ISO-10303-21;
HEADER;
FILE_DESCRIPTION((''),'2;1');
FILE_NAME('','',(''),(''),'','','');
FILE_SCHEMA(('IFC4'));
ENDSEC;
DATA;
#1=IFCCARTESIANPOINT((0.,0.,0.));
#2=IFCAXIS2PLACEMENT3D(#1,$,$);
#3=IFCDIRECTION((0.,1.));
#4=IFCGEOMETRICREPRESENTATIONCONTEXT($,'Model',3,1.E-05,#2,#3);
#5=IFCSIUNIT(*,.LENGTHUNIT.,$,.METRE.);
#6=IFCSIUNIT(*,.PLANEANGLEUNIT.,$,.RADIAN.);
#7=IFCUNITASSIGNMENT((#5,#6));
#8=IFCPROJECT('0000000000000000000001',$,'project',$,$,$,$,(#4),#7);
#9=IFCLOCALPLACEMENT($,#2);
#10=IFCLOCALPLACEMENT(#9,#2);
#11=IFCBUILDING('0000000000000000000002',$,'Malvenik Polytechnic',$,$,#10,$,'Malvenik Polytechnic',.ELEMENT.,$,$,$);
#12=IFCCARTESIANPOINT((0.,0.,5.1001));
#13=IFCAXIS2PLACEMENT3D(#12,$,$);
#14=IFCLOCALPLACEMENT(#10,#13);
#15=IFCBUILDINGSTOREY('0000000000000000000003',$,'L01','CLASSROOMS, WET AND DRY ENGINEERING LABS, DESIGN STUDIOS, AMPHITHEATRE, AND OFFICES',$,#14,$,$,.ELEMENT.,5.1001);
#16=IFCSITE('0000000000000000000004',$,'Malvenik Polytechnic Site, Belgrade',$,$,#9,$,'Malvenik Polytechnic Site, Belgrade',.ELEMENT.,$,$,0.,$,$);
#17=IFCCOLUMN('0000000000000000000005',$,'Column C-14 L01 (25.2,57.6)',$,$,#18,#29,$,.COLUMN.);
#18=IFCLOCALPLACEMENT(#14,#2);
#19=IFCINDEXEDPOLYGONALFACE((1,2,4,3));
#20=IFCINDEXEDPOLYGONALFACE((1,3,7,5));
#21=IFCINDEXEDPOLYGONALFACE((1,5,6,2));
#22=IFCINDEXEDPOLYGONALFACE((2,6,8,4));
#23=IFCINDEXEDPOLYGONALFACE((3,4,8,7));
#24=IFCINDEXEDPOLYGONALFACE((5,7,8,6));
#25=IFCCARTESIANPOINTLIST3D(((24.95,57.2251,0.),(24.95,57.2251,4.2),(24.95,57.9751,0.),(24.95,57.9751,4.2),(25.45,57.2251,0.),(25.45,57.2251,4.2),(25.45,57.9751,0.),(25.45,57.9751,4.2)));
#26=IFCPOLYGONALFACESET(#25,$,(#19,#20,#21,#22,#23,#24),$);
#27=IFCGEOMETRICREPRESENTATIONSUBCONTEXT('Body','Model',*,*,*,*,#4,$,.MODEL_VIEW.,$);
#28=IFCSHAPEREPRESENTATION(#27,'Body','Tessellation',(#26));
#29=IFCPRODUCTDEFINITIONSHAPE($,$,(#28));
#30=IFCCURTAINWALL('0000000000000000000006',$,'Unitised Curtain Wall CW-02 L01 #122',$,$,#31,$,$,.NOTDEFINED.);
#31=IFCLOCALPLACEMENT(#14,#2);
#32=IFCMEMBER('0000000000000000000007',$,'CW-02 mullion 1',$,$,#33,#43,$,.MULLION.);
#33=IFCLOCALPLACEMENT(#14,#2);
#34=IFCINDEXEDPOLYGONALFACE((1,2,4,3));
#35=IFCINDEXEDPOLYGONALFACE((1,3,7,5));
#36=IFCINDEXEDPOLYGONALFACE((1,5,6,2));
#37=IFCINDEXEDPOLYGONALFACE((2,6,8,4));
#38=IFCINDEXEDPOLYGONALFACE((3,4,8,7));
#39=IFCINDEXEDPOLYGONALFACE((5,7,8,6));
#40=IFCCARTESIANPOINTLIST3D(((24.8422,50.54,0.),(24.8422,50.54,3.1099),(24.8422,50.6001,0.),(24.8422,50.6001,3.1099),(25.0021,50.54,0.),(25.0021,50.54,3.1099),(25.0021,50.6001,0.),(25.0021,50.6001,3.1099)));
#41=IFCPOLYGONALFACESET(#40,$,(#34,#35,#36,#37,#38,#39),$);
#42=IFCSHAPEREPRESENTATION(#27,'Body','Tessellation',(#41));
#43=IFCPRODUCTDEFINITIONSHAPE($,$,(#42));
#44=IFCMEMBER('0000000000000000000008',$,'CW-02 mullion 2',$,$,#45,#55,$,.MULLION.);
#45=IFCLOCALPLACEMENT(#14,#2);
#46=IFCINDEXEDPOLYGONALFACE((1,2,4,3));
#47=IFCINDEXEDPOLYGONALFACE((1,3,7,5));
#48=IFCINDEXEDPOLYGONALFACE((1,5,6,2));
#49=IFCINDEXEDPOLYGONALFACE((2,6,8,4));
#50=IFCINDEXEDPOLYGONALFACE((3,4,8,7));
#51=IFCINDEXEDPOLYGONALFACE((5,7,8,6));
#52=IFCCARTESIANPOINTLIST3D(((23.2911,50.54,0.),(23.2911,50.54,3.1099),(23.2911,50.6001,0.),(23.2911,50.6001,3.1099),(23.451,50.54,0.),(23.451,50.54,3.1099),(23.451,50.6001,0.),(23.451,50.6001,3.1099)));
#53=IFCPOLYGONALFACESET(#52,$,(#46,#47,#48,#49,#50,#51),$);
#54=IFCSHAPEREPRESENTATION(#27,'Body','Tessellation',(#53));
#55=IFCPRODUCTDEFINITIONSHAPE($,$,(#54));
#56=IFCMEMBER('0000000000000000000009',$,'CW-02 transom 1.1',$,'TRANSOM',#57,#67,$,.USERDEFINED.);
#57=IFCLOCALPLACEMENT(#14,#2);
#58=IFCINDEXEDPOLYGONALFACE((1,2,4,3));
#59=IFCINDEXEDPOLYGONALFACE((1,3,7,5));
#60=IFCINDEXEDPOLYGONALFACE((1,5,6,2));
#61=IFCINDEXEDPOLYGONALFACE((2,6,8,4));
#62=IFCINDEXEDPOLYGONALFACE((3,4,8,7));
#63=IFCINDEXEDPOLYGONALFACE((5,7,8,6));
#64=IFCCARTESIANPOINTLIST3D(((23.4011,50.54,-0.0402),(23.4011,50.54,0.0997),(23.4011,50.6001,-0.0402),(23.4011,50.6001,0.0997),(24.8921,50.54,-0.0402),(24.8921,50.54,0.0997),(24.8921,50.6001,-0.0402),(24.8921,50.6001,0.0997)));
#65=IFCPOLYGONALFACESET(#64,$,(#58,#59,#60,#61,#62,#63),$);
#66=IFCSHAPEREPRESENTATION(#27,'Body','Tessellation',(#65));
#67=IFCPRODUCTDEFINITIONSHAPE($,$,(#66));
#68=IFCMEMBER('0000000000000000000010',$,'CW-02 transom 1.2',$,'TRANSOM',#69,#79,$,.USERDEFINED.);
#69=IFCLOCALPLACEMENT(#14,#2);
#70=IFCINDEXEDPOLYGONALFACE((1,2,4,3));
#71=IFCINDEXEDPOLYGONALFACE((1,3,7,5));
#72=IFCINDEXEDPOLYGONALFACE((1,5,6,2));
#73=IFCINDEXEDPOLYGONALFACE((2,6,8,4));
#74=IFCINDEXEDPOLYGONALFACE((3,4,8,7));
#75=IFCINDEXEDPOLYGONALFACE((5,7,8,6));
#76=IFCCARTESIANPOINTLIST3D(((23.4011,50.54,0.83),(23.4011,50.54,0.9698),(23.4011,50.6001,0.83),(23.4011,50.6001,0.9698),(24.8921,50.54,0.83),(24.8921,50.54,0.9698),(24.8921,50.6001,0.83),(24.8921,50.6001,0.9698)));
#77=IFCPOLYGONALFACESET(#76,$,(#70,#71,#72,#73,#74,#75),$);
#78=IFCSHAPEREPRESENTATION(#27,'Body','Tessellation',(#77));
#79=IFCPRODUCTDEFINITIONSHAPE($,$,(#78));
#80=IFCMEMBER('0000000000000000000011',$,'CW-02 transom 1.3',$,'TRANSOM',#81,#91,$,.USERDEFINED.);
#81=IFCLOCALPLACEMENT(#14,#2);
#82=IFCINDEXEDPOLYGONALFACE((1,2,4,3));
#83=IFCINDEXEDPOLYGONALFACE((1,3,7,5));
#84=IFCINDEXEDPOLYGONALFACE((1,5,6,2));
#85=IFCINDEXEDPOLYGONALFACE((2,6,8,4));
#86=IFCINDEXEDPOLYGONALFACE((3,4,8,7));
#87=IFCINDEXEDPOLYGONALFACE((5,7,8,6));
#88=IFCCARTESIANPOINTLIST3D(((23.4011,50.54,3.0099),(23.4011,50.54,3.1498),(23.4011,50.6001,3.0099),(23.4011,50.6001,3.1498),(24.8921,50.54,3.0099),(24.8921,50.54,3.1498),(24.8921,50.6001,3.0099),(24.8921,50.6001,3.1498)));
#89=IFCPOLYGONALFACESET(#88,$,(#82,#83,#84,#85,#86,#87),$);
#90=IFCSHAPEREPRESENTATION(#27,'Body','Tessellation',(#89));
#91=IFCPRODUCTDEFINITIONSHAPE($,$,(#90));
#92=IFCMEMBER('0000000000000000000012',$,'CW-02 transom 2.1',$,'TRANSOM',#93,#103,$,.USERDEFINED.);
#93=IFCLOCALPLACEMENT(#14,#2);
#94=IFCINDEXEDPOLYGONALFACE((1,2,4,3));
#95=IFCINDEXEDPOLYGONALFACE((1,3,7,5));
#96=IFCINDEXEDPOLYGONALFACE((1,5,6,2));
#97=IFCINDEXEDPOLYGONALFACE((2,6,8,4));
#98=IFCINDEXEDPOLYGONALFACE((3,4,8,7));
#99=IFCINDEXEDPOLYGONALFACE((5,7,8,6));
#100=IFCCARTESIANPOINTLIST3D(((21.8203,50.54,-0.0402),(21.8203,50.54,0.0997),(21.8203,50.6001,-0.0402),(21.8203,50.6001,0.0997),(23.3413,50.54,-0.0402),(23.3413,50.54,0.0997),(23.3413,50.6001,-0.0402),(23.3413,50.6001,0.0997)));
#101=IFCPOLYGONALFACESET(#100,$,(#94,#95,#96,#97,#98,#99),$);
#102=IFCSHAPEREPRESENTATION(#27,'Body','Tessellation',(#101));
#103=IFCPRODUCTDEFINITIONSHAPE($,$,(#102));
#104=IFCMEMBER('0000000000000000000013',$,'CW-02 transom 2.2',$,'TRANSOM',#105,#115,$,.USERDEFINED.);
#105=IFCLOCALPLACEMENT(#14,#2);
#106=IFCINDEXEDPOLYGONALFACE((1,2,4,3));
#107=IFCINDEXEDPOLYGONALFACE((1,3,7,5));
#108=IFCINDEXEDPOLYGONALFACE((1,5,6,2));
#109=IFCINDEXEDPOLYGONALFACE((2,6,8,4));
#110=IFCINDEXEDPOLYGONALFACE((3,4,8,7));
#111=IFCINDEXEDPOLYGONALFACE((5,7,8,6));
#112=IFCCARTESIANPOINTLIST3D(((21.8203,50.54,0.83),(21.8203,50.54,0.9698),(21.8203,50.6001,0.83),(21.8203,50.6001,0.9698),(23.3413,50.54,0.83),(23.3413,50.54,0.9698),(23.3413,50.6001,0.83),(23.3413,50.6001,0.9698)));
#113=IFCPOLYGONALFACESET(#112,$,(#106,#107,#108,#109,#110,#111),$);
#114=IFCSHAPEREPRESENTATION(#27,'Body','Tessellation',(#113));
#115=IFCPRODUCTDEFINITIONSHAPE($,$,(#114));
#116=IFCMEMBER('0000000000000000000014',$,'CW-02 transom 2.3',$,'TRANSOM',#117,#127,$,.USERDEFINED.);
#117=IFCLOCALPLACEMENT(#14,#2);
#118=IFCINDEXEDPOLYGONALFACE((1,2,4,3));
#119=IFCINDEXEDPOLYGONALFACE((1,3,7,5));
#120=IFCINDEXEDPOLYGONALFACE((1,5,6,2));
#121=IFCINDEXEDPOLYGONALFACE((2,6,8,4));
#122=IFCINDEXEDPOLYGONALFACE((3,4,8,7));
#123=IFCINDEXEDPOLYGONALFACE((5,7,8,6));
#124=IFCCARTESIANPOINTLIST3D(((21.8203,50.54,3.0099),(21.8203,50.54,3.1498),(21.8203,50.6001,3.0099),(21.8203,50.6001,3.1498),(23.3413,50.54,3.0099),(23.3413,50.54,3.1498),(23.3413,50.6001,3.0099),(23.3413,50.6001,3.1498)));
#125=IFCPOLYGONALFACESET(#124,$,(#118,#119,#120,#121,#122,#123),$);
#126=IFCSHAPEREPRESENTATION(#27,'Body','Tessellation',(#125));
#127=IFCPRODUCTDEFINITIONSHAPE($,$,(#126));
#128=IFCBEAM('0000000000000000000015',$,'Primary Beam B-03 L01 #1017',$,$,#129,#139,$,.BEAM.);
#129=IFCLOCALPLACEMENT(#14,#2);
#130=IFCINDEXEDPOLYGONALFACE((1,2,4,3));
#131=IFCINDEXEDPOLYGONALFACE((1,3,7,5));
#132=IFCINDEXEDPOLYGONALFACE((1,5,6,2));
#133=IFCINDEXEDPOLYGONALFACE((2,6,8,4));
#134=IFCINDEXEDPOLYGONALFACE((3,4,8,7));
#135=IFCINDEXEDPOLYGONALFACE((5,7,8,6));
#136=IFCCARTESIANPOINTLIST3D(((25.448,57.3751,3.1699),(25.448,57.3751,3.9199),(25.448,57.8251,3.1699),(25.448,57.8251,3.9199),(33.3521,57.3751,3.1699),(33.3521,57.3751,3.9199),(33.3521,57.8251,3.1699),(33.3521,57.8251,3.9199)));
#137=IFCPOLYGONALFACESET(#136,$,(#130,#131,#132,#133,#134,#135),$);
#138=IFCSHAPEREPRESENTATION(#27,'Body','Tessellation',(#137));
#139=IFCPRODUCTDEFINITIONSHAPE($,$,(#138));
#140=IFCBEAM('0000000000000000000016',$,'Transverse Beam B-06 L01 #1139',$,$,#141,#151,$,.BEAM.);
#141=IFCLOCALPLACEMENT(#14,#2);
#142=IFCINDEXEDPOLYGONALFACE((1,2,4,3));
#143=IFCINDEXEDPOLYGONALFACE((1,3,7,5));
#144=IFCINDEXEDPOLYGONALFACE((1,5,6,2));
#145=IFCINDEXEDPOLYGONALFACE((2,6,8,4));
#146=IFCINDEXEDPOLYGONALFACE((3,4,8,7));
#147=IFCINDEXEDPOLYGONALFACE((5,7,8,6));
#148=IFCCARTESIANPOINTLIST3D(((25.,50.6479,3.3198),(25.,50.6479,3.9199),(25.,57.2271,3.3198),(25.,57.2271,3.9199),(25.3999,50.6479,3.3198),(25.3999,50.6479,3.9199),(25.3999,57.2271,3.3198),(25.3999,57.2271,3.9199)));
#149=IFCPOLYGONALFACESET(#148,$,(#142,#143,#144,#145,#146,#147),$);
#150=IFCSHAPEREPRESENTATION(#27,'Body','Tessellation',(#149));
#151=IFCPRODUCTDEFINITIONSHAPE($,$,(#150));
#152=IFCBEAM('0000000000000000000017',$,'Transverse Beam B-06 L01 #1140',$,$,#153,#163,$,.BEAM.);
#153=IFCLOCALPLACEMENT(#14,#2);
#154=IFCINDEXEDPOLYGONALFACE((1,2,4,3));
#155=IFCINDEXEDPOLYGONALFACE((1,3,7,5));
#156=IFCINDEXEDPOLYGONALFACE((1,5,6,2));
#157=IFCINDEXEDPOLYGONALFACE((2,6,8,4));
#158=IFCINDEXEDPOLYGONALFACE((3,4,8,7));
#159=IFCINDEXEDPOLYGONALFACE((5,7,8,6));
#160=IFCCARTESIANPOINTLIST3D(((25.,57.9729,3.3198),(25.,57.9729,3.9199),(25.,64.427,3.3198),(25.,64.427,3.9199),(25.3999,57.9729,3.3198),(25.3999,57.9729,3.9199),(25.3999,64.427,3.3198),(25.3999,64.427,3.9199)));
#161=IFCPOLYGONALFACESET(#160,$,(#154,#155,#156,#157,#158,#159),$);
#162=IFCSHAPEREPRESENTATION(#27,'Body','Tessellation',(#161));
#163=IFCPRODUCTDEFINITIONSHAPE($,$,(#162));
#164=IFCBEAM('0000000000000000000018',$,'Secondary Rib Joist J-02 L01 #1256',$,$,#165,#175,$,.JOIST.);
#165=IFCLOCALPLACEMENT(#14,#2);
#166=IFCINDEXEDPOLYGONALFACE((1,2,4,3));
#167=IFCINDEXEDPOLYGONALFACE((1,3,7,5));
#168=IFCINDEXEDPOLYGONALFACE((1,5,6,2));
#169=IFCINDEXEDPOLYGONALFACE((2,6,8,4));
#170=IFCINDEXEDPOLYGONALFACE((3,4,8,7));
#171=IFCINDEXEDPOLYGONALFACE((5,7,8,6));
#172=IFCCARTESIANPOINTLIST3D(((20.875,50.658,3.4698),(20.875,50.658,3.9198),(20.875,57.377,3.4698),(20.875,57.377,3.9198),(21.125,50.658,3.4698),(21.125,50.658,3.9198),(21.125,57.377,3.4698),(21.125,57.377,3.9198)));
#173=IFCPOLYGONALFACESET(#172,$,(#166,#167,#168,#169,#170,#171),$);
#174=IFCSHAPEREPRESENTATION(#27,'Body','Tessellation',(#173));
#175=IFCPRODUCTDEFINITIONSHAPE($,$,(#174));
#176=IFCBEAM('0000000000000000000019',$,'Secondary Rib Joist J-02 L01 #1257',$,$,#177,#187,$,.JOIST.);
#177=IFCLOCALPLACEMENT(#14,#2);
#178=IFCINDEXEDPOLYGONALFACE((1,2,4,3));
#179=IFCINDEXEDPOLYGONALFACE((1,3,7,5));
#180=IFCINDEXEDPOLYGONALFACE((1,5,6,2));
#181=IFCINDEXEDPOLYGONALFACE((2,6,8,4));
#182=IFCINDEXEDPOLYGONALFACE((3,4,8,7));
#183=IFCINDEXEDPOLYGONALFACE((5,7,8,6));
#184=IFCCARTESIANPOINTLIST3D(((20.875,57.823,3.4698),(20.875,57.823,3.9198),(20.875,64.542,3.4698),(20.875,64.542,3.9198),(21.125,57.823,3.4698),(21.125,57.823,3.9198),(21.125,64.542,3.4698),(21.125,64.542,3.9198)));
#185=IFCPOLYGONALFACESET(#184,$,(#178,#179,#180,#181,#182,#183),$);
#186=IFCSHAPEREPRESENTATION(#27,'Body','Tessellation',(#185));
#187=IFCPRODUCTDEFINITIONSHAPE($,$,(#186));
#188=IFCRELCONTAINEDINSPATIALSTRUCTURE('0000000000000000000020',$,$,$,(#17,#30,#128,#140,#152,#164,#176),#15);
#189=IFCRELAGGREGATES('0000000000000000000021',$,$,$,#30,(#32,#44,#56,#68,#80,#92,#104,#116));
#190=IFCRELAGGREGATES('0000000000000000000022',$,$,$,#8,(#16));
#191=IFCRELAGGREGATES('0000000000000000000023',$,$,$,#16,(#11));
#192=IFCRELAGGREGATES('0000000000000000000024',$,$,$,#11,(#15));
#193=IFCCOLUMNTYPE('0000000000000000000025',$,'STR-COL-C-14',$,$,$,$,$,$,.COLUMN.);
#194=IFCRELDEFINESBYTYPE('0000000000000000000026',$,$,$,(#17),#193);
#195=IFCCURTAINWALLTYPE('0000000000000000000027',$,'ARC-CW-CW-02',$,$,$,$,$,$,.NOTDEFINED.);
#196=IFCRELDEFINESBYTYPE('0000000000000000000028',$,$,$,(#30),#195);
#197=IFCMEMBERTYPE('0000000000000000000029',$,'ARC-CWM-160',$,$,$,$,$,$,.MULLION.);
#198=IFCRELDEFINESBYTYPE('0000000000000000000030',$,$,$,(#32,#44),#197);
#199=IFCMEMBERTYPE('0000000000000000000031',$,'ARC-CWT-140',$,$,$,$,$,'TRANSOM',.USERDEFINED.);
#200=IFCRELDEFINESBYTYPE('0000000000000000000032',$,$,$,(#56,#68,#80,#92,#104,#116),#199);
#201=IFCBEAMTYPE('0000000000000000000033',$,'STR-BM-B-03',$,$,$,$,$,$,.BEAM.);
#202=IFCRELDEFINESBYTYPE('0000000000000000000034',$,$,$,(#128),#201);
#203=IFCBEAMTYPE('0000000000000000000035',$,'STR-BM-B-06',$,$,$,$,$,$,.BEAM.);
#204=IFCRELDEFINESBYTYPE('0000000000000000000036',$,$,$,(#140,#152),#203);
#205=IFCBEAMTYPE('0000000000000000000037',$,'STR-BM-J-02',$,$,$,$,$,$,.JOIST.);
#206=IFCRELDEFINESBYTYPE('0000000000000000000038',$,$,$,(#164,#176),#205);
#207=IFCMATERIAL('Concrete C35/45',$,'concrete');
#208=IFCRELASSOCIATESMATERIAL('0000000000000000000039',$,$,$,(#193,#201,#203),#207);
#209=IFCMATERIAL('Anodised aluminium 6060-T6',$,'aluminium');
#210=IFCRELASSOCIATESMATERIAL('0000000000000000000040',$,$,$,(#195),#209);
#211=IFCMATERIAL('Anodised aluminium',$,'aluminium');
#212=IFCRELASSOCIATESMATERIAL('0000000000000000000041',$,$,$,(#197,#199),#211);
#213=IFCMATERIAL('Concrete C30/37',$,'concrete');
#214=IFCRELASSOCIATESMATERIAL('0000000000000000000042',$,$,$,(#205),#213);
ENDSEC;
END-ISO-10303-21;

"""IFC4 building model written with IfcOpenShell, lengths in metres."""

from ifc_helpers import new_model, si_unit, direction, frame, origin, origin_2d, place, context, subcontext, project, spatial, rectangle, extrude, material, material_profile, profile_set, type_object, element, aggregate, save


model = new_model("IFC4")

# Units and contexts
model_context = context("Model", 3, precision=1e-05, world=origin(), true_north=direction((0.0, 1.0)))
body_context = subcontext(model_context, "Body", "Model", "MODEL_VIEW")
ifc_project = project(units=[si_unit("LENGTHUNIT", "METRE"), si_unit("PLANEANGLEUNIT", "RADIAN")], contexts=[model_context])

# Site, building, storey
site_placement = place(None, origin())
site = spatial("IfcSite", under=ifc_project, at=site_placement, Name="Malvenik Polytechnic Site, Belgrade", LongName="Malvenik Polytechnic Site, Belgrade", CompositionType="ELEMENT", RefElevation=0.0)
building_placement = place(site_placement, origin())
building = spatial("IfcBuilding", under=site, at=building_placement, Name="Malvenik Polytechnic", LongName="Malvenik Polytechnic", CompositionType="ELEMENT")
storey_placement = place(building_placement, frame((0.0, 0.0, 5.1001)))
storey = spatial("IfcBuildingStorey", under=building, at=storey_placement, Name="L01", Description="CLASSROOMS, WET AND DRY ENGINEERING LABS, DESIGN STUDIOS, AMPHITHEATRE, AND OFFICES", CompositionType="ELEMENT", Elevation=5.1001)

# Column
ifc_material_1 = material(Name="Concrete C35/45", Category="concrete")
ifc_material_profile_1 = material_profile(ifc_material_1, rectangle(XDim=0.5, YDim=0.75, at=origin_2d()), Name="RC COL 750x500")
ifc_profile_set_1 = profile_set([ifc_material_profile_1], Name="Concrete C35/45")
column_type = type_object("IfcColumnType", Name="STR-COL-C-14", PredefinedType="COLUMN", material=ifc_profile_set_1)
column_placement = place(storey_placement, frame((25.2, 57.6001, 0.0), z_axis=(0.0, 0.0, 1.0), x_axis=(1.0, 0.0, 0.0)))
element("IfcColumn", 1, at=column_placement, inside=storey, type_object=column_type, Name="Column C-14 L01 (25.2,57.6)", PredefinedType="COLUMN", context=body_context, shape_type="SweptSolid", body=[
    extrude(rectangle(XDim=0.5, YDim=0.75, at=origin_2d()), origin(), (0.0, 0.0, 1.0), 4.2),
])

# Curtain wall, members
ifc_material_2 = material(Name="Anodised aluminium 6060-T6", Category="aluminium")
curtain_wall_type = type_object("IfcCurtainWallType", Name="ARC-CW-CW-02", PredefinedType="NOTDEFINED", material=ifc_material_2)
curtain_wall_placement = place(storey_placement, origin())
curtain_wall = element("IfcCurtainWall", 2, at=curtain_wall_placement, inside=storey, type_object=curtain_wall_type, Name="Unitised Curtain Wall CW-02 L01 #122", PredefinedType="NOTDEFINED")
ifc_material_3 = material(Name="Anodised aluminium", Category="aluminium")
ifc_material_profile_2 = material_profile(ifc_material_3, rectangle(XDim=0.0601, YDim=0.1599, at=origin_2d()), Name="ALU MULLION 60x160")
ifc_profile_set_2 = profile_set([ifc_material_profile_2], Name="Anodised aluminium")
member_type_1 = type_object("IfcMemberType", Name="ARC-CWM-160", PredefinedType="MULLION", material=ifc_profile_set_2)
member_1_placement = place(storey_placement, frame((24.9221, 50.5701, 0.0), z_axis=(0.0, 0.0, 1.0), x_axis=(0.0, -1.0, 0.0)))
member_1 = element("IfcMember", 3, at=member_1_placement, type_object=member_type_1, Name="CW-02 mullion 1", PredefinedType="MULLION", context=body_context, shape_type="SweptSolid", body=[
    extrude(rectangle(XDim=0.0601, YDim=0.1599, at=origin_2d()), origin(), (0.0, 0.0, 1.0), 3.1099),
])
member_2_placement = place(storey_placement, frame((23.3711, 50.5701, 0.0), z_axis=(0.0, 0.0, 1.0), x_axis=(0.0, -1.0, 0.0)))
member_2 = element("IfcMember", 4, at=member_2_placement, type_object=member_type_1, Name="CW-02 mullion 2", PredefinedType="MULLION", context=body_context, shape_type="SweptSolid", body=[
    extrude(rectangle(XDim=0.0601, YDim=0.1599, at=origin_2d()), origin(), (0.0, 0.0, 1.0), 3.1099),
])
ifc_material_profile_3 = material_profile(ifc_material_3, rectangle(XDim=0.0601, YDim=0.1399, at=origin_2d()), Name="ALU TRANSOM 60x140")
ifc_profile_set_3 = profile_set([ifc_material_profile_3], Name="Anodised aluminium")
member_type_2 = type_object("IfcMemberType", Name="ARC-CWT-140", ElementType="TRANSOM", PredefinedType="USERDEFINED", material=ifc_profile_set_3)
member_3_placement = place(storey_placement, frame((24.8921, 50.5701, 0.0298), z_axis=(-1.0, 0.0, 0.0), x_axis=(0.0, -1.0, 0.0)))
member_3 = element("IfcMember", 5, at=member_3_placement, type_object=member_type_2, Name="CW-02 transom 1.1", ObjectType="TRANSOM", PredefinedType="USERDEFINED", context=body_context, shape_type="SweptSolid", body=[
    extrude(rectangle(XDim=0.0601, YDim=0.1399, at=origin_2d()), origin(), (0.0, 0.0, 1.0), 1.491),
])
member_4_placement = place(storey_placement, frame((24.8921, 50.5701, 0.8999), z_axis=(-1.0, 0.0, 0.0), x_axis=(0.0, -1.0, 0.0)))
member_4 = element("IfcMember", 6, at=member_4_placement, type_object=member_type_2, Name="CW-02 transom 1.2", ObjectType="TRANSOM", PredefinedType="USERDEFINED", context=body_context, shape_type="SweptSolid", body=[
    extrude(rectangle(XDim=0.0601, YDim=0.1399, at=origin_2d()), origin(), (0.0, 0.0, 1.0), 1.491),
])
member_5_placement = place(storey_placement, frame((24.8921, 50.5701, 3.0798), z_axis=(-1.0, 0.0, 0.0), x_axis=(0.0, -1.0, 0.0)))
member_5 = element("IfcMember", 7, at=member_5_placement, type_object=member_type_2, Name="CW-02 transom 1.3", ObjectType="TRANSOM", PredefinedType="USERDEFINED", context=body_context, shape_type="SweptSolid", body=[
    extrude(rectangle(XDim=0.0601, YDim=0.1399, at=origin_2d()), origin(), (0.0, 0.0, 1.0), 1.491),
])
member_6_placement = place(storey_placement, frame((23.3413, 50.5701, 0.0298), z_axis=(-1.0, 0.0, 0.0), x_axis=(0.0, -1.0, 0.0)))
member_6 = element("IfcMember", 8, at=member_6_placement, type_object=member_type_2, Name="CW-02 transom 2.1", ObjectType="TRANSOM", PredefinedType="USERDEFINED", context=body_context, shape_type="SweptSolid", body=[
    extrude(rectangle(XDim=0.0601, YDim=0.1399, at=origin_2d()), origin(), (0.0, 0.0, 1.0), 1.521),
])
member_7_placement = place(storey_placement, frame((23.3413, 50.5701, 0.8999), z_axis=(-1.0, 0.0, 0.0), x_axis=(0.0, -1.0, 0.0)))
member_7 = element("IfcMember", 9, at=member_7_placement, type_object=member_type_2, Name="CW-02 transom 2.2", ObjectType="TRANSOM", PredefinedType="USERDEFINED", context=body_context, shape_type="SweptSolid", body=[
    extrude(rectangle(XDim=0.0601, YDim=0.1399, at=origin_2d()), origin(), (0.0, 0.0, 1.0), 1.521),
])
member_8_placement = place(storey_placement, frame((23.3413, 50.5701, 3.0798), z_axis=(-1.0, 0.0, 0.0), x_axis=(0.0, -1.0, 0.0)))
member_8 = element("IfcMember", 10, at=member_8_placement, type_object=member_type_2, Name="CW-02 transom 2.3", ObjectType="TRANSOM", PredefinedType="USERDEFINED", context=body_context, shape_type="SweptSolid", body=[
    extrude(rectangle(XDim=0.0601, YDim=0.1399, at=origin_2d()), origin(), (0.0, 0.0, 1.0), 1.521),
])

# Beams
ifc_material_profile_4 = material_profile(ifc_material_1, rectangle(XDim=0.45, YDim=0.75, at=origin_2d()), Name="RC BM 450x750")
ifc_profile_set_4 = profile_set([ifc_material_profile_4], Name="Concrete C35/45")
beam_type_1 = type_object("IfcBeamType", Name="STR-BM-B-03", PredefinedType="BEAM", material=ifc_profile_set_4)
beam_1_placement = place(storey_placement, frame((25.448, 57.6001, 3.5449), z_axis=(1.0, 0.0, 0.0), x_axis=(0.0, 1.0, 0.0)))
element("IfcBeam", 11, at=beam_1_placement, inside=storey, type_object=beam_type_1, Name="Primary Beam B-03 L01 #1017", PredefinedType="BEAM", context=body_context, shape_type="SweptSolid", body=[
    extrude(rectangle(XDim=0.45, YDim=0.75, at=origin_2d()), origin(), (0.0, 0.0, 1.0), 7.9041),
])
ifc_material_profile_5 = material_profile(ifc_material_1, rectangle(XDim=0.3999, YDim=0.6001, at=origin_2d()), Name="RC BM 400x600")
ifc_profile_set_5 = profile_set([ifc_material_profile_5], Name="Concrete C35/45")
beam_type_2 = type_object("IfcBeamType", Name="STR-BM-B-06", PredefinedType="BEAM", material=ifc_profile_set_5)
beam_2_placement = place(storey_placement, frame((25.2, 50.6479, 3.6199), z_axis=(0.0, 1.0, 0.0), x_axis=(-1.0, 0.0, 0.0)))
element("IfcBeam", 12, at=beam_2_placement, inside=storey, type_object=beam_type_2, Name="Transverse Beam B-06 L01 #1139", PredefinedType="BEAM", context=body_context, shape_type="SweptSolid", body=[
    extrude(rectangle(XDim=0.3999, YDim=0.6001, at=origin_2d()), origin(), (0.0, 0.0, 1.0), 6.5791),
])
beam_3_placement = place(storey_placement, frame((25.2, 57.9729, 3.6199), z_axis=(0.0, 1.0, 0.0), x_axis=(-1.0, 0.0, 0.0)))
element("IfcBeam", 13, at=beam_3_placement, inside=storey, type_object=beam_type_2, Name="Transverse Beam B-06 L01 #1140", PredefinedType="BEAM", context=body_context, shape_type="SweptSolid", body=[
    extrude(rectangle(XDim=0.3999, YDim=0.6001, at=origin_2d()), origin(), (0.0, 0.0, 1.0), 6.4541),
])
ifc_material_4 = material(Name="Concrete C30/37", Category="concrete")
ifc_material_profile_6 = material_profile(ifc_material_4, rectangle(XDim=0.25, YDim=0.45, at=origin_2d()), Name="RC JST 250x450")
ifc_profile_set_6 = profile_set([ifc_material_profile_6], Name="Concrete C30/37")
beam_type_3 = type_object("IfcBeamType", Name="STR-BM-J-02", PredefinedType="JOIST", material=ifc_profile_set_6)
for number, where, z_axis, x_axis, name in (
    (14, (21.0, 50.658, 3.6948), (0.0, 1.0, 0.0), (-1.0, 0.0, 0.0), "Secondary Rib Joist J-02 L01 #1256"),
    (15, (21.0, 57.823, 3.6948), (0.0, 1.0, 0.0), (-1.0, 0.0, 0.0), "Secondary Rib Joist J-02 L01 #1257"),
):
    element("IfcBeam", number, at=place(storey_placement, frame(where, z_axis=z_axis, x_axis=x_axis)), inside=storey, type_object=beam_type_3, Name=name, PredefinedType="JOIST", context=body_context, shape_type="SweptSolid", body=[
        extrude(rectangle(XDim=0.25, YDim=0.45, at=origin_2d()), origin(), (0.0, 0.0, 1.0), 6.719),
    ])

aggregate(curtain_wall, [member_1, member_2, member_3, member_4, member_5, member_6, member_7, member_8])

save(model, "model.ifc")
